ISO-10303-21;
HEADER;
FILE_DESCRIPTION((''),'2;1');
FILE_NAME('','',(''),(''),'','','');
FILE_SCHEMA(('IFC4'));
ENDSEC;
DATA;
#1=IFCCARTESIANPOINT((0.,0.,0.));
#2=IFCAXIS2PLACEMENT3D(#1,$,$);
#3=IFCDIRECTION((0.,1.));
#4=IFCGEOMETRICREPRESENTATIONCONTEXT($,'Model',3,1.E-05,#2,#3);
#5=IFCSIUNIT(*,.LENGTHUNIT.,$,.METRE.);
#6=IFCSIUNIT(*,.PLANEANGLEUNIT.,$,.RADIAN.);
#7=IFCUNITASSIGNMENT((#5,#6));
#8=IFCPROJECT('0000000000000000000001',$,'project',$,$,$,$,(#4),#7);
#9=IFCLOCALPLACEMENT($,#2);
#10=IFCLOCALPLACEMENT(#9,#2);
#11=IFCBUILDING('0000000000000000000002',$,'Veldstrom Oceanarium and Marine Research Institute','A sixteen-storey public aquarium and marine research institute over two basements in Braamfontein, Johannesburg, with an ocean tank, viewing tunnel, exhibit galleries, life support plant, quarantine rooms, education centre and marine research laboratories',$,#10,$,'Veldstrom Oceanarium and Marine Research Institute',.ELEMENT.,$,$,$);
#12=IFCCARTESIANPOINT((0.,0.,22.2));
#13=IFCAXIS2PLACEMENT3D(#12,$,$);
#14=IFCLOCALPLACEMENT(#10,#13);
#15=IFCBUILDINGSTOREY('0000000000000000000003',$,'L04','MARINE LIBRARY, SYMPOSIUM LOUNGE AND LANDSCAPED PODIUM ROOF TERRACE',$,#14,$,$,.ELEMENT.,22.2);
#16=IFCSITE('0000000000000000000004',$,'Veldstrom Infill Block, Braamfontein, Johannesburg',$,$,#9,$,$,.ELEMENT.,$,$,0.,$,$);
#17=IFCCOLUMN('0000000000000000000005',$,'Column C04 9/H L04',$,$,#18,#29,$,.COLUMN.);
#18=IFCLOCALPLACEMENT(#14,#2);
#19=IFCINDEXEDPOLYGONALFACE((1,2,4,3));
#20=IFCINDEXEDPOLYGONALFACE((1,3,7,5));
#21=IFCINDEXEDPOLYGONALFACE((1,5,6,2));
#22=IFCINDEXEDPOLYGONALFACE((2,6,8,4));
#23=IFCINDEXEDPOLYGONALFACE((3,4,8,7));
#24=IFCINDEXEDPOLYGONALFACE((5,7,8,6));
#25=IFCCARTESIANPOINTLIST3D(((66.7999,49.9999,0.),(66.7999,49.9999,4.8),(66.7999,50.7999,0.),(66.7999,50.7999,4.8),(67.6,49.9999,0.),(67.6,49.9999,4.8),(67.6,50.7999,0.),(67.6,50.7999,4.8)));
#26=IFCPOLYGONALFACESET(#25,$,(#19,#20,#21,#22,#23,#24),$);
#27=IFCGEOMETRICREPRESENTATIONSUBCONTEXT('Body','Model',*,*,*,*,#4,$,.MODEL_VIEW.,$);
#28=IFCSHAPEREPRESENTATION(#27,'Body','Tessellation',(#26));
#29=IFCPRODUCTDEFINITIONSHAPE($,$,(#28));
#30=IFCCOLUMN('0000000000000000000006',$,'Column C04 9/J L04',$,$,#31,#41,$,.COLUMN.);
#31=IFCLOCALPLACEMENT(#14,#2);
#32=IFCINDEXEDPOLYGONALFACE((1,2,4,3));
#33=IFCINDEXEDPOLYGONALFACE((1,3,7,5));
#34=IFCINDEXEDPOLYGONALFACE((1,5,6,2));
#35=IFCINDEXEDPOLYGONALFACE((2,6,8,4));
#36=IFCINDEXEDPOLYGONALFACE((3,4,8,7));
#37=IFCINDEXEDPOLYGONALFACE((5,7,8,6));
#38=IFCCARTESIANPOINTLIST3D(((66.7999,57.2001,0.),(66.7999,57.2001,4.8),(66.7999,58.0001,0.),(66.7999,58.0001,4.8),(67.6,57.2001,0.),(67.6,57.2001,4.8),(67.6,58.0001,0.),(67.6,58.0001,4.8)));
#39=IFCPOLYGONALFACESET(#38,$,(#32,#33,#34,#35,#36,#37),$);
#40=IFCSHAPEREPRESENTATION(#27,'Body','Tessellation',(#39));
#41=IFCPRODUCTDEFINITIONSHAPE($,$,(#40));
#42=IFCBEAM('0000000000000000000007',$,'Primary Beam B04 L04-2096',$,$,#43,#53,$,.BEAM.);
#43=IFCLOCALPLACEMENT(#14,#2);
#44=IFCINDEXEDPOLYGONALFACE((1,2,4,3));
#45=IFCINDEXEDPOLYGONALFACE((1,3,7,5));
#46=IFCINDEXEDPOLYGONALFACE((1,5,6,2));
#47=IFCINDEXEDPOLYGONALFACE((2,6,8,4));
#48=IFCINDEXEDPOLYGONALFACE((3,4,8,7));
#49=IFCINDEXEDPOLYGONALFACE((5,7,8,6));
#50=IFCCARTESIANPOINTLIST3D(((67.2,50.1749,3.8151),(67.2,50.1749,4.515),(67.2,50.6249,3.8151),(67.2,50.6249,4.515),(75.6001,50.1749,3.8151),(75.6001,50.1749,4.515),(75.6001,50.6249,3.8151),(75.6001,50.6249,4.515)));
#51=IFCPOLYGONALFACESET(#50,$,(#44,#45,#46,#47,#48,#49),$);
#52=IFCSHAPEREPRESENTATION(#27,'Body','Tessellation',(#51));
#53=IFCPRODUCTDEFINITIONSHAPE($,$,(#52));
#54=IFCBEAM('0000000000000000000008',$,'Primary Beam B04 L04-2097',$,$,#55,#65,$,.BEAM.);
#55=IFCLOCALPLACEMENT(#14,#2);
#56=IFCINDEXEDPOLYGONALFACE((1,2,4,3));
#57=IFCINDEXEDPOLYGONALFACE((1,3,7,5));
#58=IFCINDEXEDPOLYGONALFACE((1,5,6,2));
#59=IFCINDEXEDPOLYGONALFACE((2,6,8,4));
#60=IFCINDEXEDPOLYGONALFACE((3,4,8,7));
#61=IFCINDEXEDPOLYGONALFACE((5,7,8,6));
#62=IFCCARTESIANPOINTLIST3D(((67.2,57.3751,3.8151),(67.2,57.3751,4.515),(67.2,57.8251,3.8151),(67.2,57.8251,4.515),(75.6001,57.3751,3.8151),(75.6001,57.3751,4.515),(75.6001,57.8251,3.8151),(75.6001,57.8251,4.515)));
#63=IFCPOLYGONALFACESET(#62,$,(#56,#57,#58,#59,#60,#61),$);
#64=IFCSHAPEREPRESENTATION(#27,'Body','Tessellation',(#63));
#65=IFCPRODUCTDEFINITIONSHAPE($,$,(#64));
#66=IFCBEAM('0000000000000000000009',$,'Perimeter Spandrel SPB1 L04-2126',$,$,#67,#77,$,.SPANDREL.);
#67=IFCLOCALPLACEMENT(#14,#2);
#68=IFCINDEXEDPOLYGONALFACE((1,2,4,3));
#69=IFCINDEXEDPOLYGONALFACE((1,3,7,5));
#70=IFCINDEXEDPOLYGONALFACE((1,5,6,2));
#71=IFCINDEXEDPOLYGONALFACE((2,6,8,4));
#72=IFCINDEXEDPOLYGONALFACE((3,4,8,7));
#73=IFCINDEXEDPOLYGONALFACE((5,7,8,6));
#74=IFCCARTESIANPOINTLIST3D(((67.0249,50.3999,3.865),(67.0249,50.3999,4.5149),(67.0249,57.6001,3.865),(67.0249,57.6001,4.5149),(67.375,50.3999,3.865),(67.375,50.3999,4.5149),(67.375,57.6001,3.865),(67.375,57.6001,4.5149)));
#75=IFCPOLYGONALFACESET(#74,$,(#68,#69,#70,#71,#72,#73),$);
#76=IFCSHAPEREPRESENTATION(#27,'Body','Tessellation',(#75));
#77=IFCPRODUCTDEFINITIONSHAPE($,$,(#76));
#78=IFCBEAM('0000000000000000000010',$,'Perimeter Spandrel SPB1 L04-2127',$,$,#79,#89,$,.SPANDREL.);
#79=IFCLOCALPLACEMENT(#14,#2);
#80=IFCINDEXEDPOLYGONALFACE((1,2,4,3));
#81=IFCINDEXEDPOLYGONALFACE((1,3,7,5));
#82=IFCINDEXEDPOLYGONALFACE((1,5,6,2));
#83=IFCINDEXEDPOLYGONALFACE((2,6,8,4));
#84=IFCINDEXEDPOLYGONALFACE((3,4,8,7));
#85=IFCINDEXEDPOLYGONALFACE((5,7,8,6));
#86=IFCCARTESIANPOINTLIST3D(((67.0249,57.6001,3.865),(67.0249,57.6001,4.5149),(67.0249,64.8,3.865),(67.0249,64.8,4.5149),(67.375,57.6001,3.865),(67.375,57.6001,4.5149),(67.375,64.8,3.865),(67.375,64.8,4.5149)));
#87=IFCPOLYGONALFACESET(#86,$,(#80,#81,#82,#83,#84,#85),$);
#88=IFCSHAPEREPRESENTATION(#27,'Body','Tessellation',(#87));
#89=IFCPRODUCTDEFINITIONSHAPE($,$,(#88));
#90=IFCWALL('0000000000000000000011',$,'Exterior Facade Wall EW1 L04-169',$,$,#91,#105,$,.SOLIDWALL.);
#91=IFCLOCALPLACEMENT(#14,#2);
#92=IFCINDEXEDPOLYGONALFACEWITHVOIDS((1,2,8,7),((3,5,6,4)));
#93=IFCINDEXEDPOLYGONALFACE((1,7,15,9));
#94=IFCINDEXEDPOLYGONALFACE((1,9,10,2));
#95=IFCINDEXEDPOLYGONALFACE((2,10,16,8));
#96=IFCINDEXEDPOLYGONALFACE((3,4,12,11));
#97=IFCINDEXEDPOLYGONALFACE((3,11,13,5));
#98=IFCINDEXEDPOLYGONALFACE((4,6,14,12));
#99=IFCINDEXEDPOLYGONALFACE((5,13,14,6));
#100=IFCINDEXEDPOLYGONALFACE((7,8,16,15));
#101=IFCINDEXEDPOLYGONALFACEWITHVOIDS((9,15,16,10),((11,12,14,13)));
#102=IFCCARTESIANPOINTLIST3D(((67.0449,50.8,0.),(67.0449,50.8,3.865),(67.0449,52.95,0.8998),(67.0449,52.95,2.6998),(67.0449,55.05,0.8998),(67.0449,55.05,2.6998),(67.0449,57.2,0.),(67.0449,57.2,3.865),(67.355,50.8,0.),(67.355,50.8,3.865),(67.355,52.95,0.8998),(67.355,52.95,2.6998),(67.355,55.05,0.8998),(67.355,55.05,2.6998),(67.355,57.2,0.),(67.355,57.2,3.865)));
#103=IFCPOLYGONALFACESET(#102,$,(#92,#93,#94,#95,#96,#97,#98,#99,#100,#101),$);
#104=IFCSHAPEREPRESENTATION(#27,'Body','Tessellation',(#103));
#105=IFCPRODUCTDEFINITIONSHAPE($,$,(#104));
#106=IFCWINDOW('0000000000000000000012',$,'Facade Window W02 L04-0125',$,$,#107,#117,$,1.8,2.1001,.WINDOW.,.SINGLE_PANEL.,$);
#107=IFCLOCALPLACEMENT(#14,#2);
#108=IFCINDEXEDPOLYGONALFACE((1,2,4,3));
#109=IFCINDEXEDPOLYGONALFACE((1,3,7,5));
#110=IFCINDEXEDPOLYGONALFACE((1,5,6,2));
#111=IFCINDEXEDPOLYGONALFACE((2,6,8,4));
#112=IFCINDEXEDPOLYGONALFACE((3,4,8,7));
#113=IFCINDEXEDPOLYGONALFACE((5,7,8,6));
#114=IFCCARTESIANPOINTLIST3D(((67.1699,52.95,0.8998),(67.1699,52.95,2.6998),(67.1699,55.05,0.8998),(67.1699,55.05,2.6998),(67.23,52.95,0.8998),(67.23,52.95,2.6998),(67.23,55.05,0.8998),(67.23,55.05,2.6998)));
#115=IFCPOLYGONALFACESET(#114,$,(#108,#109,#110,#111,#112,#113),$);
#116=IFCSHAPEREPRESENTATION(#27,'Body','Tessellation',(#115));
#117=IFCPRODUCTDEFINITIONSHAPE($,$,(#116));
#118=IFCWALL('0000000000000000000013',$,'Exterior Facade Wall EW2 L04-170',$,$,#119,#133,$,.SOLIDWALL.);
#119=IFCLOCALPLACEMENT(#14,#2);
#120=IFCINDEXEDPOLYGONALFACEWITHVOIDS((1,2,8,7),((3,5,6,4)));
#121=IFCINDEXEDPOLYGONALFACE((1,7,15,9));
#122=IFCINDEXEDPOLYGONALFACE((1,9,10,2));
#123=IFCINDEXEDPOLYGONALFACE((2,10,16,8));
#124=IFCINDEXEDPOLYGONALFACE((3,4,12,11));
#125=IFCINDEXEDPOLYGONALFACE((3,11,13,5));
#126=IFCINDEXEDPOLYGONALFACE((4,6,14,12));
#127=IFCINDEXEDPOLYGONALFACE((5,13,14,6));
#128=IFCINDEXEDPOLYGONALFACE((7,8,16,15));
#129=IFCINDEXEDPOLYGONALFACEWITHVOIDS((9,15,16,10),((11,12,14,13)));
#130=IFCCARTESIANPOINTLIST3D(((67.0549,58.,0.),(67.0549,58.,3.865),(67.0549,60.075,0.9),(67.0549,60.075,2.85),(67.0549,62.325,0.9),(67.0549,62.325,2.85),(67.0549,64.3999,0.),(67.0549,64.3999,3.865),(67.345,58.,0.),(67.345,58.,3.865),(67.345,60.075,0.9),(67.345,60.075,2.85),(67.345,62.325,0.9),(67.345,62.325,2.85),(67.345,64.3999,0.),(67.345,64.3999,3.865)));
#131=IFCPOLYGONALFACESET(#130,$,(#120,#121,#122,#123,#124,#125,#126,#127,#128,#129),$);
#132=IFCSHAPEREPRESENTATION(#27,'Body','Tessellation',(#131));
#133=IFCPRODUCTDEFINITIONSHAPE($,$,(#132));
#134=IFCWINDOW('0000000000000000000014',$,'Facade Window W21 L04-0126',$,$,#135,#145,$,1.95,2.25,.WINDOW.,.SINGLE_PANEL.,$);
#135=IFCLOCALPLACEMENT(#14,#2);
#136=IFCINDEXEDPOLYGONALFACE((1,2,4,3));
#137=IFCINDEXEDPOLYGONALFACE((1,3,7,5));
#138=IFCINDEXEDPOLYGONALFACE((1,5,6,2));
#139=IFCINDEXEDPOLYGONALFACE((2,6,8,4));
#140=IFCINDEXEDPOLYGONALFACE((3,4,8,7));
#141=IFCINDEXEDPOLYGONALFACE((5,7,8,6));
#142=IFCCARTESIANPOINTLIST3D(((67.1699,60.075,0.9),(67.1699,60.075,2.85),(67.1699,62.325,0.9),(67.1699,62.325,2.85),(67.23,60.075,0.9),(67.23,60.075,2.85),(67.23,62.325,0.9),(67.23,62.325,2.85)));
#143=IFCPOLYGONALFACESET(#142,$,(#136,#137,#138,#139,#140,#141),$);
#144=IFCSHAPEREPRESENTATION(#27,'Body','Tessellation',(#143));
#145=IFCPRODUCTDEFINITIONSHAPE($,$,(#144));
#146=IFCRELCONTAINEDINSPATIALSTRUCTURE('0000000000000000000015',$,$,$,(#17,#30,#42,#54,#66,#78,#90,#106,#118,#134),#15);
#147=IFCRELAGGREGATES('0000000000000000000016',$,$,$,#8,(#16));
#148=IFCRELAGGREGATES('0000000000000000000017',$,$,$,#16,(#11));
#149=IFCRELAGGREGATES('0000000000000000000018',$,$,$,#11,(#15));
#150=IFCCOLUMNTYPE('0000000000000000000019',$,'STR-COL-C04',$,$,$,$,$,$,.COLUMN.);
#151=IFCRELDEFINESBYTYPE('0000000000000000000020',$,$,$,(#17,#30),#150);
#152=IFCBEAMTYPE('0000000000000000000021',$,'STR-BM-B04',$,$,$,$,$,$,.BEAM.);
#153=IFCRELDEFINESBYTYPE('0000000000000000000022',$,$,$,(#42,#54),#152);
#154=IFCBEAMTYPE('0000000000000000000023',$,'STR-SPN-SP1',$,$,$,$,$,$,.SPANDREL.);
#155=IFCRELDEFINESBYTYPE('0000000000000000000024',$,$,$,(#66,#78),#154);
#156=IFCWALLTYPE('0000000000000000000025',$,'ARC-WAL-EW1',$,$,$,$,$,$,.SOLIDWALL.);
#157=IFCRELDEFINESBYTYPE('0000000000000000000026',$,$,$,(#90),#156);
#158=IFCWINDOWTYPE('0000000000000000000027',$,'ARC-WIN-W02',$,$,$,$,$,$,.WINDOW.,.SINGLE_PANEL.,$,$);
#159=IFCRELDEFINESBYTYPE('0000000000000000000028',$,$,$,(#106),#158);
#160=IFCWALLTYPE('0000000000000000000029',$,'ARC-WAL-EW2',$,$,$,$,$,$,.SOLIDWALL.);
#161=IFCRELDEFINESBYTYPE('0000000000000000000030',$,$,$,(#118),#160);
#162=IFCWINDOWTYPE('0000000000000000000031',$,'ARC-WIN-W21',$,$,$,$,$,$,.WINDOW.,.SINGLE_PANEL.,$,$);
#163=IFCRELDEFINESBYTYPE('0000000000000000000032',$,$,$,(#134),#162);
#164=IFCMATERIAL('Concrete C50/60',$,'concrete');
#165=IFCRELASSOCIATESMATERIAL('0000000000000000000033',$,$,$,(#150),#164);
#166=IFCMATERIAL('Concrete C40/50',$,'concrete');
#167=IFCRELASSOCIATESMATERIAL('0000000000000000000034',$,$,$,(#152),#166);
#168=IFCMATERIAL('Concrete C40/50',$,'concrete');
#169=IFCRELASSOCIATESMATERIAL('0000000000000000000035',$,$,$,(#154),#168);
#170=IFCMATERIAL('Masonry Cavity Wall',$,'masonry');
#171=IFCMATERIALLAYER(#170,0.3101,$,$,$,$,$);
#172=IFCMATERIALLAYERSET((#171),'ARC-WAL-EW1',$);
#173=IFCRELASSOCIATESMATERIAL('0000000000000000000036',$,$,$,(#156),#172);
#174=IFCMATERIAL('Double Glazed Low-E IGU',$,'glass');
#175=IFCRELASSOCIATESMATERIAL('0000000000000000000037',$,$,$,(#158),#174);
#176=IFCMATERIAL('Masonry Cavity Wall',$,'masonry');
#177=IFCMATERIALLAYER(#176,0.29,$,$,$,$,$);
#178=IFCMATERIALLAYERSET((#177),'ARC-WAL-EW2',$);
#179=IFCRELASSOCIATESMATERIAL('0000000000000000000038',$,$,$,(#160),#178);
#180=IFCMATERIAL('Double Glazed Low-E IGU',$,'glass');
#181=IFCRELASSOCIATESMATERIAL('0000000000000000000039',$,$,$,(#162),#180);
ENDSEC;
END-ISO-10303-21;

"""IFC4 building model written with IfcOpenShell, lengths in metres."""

from ifc_helpers import new_model, si_unit, direction, frame, frame_2d, origin, origin_2d, place, context, subcontext, project, spatial, rectangle, extrude, material, layer, layer_set, material_profile, profile_set, type_object, element, fill, save


model = new_model("IFC4")

# Units and contexts
model_context = context("Model", 3, precision=1e-05, world=origin(), true_north=direction((0.0, 1.0)))
body_context = subcontext(model_context, "Body", "Model", "MODEL_VIEW")
ifc_project = project(units=[si_unit("LENGTHUNIT", "METRE"), si_unit("PLANEANGLEUNIT", "RADIAN")], contexts=[model_context])

# Site, building, storey
site_placement = place(None, origin())
site = spatial("IfcSite", under=ifc_project, at=site_placement, Name="Veldstrom Infill Block, Braamfontein, Johannesburg", CompositionType="ELEMENT", RefElevation=0.0)
building_placement = place(site_placement, origin())
building = spatial("IfcBuilding", under=site, at=building_placement, Name="Veldstrom Oceanarium and Marine Research Institute", Description="A sixteen-storey public aquarium and marine research institute over two basements in Braamfontein, Johannesburg, with an ocean tank, viewing tunnel, exhibit galleries, life support plant, quarantine rooms, education centre and marine research laboratories", LongName="Veldstrom Oceanarium and Marine Research Institute", CompositionType="ELEMENT")
storey_placement = place(building_placement, frame((0.0, 0.0, 22.2)))
storey = spatial("IfcBuildingStorey", under=building, at=storey_placement, Name="L04", Description="MARINE LIBRARY, SYMPOSIUM LOUNGE AND LANDSCAPED PODIUM ROOF TERRACE", CompositionType="ELEMENT", Elevation=22.2)

# Columns
ifc_material_1 = material(Name="Concrete C50/60", Category="concrete")
ifc_material_profile_1 = material_profile(ifc_material_1, rectangle(XDim=0.8, YDim=0.8, at=origin_2d()), Name="RC-COL-800x800")
ifc_profile_set_1 = profile_set([ifc_material_profile_1], Name="Concrete C50/60")
column_type = type_object("IfcColumnType", Name="STR-COL-C04", PredefinedType="COLUMN", material=ifc_profile_set_1)
for number, where, z_axis, x_axis, name in (
    (1, (67.2, 50.3999, 0.0), (0.0, 0.0, 1.0), (1.0, 0.0, 0.0), "Column C04 9/H L04"),
    (2, (67.2, 57.6001, 0.0), (0.0, 0.0, 1.0), (1.0, 0.0, 0.0), "Column C04 9/J L04"),
):
    element("IfcColumn", number, at=place(storey_placement, frame(where, z_axis=z_axis, x_axis=x_axis)), inside=storey, type_object=column_type, Name=name, PredefinedType="COLUMN", context=body_context, shape_type="SweptSolid", body=[
        extrude(rectangle(XDim=0.8, YDim=0.8, at=origin_2d()), origin(), (0.0, 0.0, 1.0), 4.8),
    ])

# Beams
ifc_material_2 = material(Name="Concrete C40/50", Category="concrete")
ifc_material_profile_2 = material_profile(ifc_material_2, rectangle(XDim=0.45, YDim=0.7, at=origin_2d()), Name="RC-BM-450x700")
ifc_profile_set_2 = profile_set([ifc_material_profile_2], Name="Concrete C40/50")
beam_type_1 = type_object("IfcBeamType", Name="STR-BM-B04", PredefinedType="BEAM", material=ifc_profile_set_2)
for number, where, z_axis, x_axis, name in (
    (3, (67.2, 50.3999, 4.165), (1.0, 0.0, 0.0), (0.0, 1.0, 0.0), "Primary Beam B04 L04-2096"),
    (4, (67.2, 57.6001, 4.165), (1.0, 0.0, 0.0), (0.0, 1.0, 0.0), "Primary Beam B04 L04-2097"),
):
    element("IfcBeam", number, at=place(storey_placement, frame(where, z_axis=z_axis, x_axis=x_axis)), inside=storey, type_object=beam_type_1, Name=name, PredefinedType="BEAM", context=body_context, shape_type="SweptSolid", body=[
        extrude(rectangle(XDim=0.45, YDim=0.7, at=origin_2d()), origin(), (0.0, 0.0, 1.0), 8.4001),
    ])
ifc_material_3 = material(Name="Concrete C40/50", Category="concrete")
ifc_material_profile_3 = material_profile(ifc_material_3, rectangle(XDim=0.3501, YDim=0.6499, at=origin_2d()), Name="RC-SPN-350x650")
ifc_profile_set_3 = profile_set([ifc_material_profile_3], Name="Concrete C40/50")
beam_type_2 = type_object("IfcBeamType", Name="STR-SPN-SP1", PredefinedType="SPANDREL", material=ifc_profile_set_3)
beam_1_placement = place(storey_placement, frame((67.2, 50.3999, 4.1899), z_axis=(0.0, 1.0, 0.0), x_axis=(-1.0, 0.0, 0.0)))
element("IfcBeam", 5, at=beam_1_placement, inside=storey, type_object=beam_type_2, Name="Perimeter Spandrel SPB1 L04-2126", PredefinedType="SPANDREL", context=body_context, shape_type="SweptSolid", body=[
    extrude(rectangle(XDim=0.3501, YDim=0.6499, at=origin_2d()), origin(), (0.0, 0.0, 1.0), 7.2002),
])
beam_2_placement = place(storey_placement, frame((67.2, 57.6001, 4.1899), z_axis=(0.0, 1.0, 0.0), x_axis=(-1.0, 0.0, 0.0)))
element("IfcBeam", 6, at=beam_2_placement, inside=storey, type_object=beam_type_2, Name="Perimeter Spandrel SPB1 L04-2127", PredefinedType="SPANDREL", context=body_context, shape_type="SweptSolid", body=[
    extrude(rectangle(XDim=0.3501, YDim=0.6499, at=origin_2d()), origin(), (0.0, 0.0, 1.0), 7.2),
])

# Walls, openings, windows
ifc_material_4 = material(Name="Masonry Cavity Wall", Category="masonry")
ifc_layer_1 = layer(ifc_material_4, 0.3101)
ifc_layer_set_1 = layer_set([ifc_layer_1], Name="ARC-WAL-EW1")
wall_type_1 = type_object("IfcWallType", Name="ARC-WAL-EW1", PredefinedType="SOLIDWALL", material=ifc_layer_set_1)
wall_1_placement = place(storey_placement, frame((67.2, 50.8, 0.0), z_axis=(0.0, 0.0, 1.0), x_axis=(0.0, 1.0, 0.0)))
wall_1 = element("IfcWall", 7, at=wall_1_placement, inside=storey, type_object=wall_type_1, Name="Exterior Facade Wall EW1 L04-169", PredefinedType="SOLIDWALL", context=body_context, shape_type="SweptSolid", body=[
    extrude(rectangle(XDim=6.3999, YDim=0.3101, at=frame_2d((3.2, 0.0))), origin(), (0.0, 0.0, 1.0), 3.865),
])
opening_1_placement = place(wall_1_placement, frame((2.1499, 0.0, 0.8999)))
opening_1 = element("IfcOpeningElement", 8, at=opening_1_placement, cuts=wall_1, PredefinedType="OPENING", context=body_context, shape_type="SweptSolid", body=[
    extrude(rectangle(XDim=2.1001, YDim=1.8, at=frame_2d((1.05, 0.8999))), frame((0.0, 0.165, 0.0), z_axis=(0.0, -1.0, 0.0), x_axis=(1.0, 0.0, 0.0)), (0.0, 0.0, 1.0), 0.3301),
])
ifc_material_5 = material(Name="Double Glazed Low-E IGU", Category="glass")
window_type_1 = type_object("IfcWindowType", Name="ARC-WIN-W02", PartitioningType="SINGLE_PANEL", PredefinedType="WINDOW", material=ifc_material_5)
window_1_placement = place(opening_1_placement, origin())
window_1 = element("IfcWindow", 9, at=window_1_placement, inside=storey, type_object=window_type_1, Name="Facade Window W02 L04-0125", OverallHeight=1.8, OverallWidth=2.1001, PartitioningType="SINGLE_PANEL", PredefinedType="WINDOW", context=body_context, shape_type="SweptSolid", body=[
    extrude(rectangle(XDim=2.1001, YDim=1.8, at=frame_2d((1.05, 0.8999))), frame((0.0, 0.03, 0.0), z_axis=(0.0, -1.0, 0.0), x_axis=(1.0, 0.0, 0.0)), (0.0, 0.0, 1.0), 0.0601),
])
fill(opening_1, window_1)
ifc_material_6 = material(Name="Masonry Cavity Wall", Category="masonry")
ifc_layer_2 = layer(ifc_material_6, 0.29)
ifc_layer_set_2 = layer_set([ifc_layer_2], Name="ARC-WAL-EW2")
wall_type_2 = type_object("IfcWallType", Name="ARC-WAL-EW2", PredefinedType="SOLIDWALL", material=ifc_layer_set_2)
wall_2_placement = place(storey_placement, frame((67.2, 58.0, 0.0), z_axis=(0.0, 0.0, 1.0), x_axis=(0.0, 1.0, 0.0)))
wall_2 = element("IfcWall", 10, at=wall_2_placement, inside=storey, type_object=wall_type_2, Name="Exterior Facade Wall EW2 L04-170", PredefinedType="SOLIDWALL", context=body_context, shape_type="SweptSolid", body=[
    extrude(rectangle(XDim=6.3999, YDim=0.29, at=frame_2d((3.2, 0.0))), origin(), (0.0, 0.0, 1.0), 3.865),
])
opening_2_placement = place(wall_2_placement, frame((2.075, 0.0, 0.8999)))
opening_2 = element("IfcOpeningElement", 11, at=opening_2_placement, cuts=wall_2, PredefinedType="OPENING", context=body_context, shape_type="SweptSolid", body=[
    extrude(rectangle(XDim=2.25, YDim=1.95, at=frame_2d((1.125, 0.9751))), frame((0.0, 0.155, 0.0), z_axis=(0.0, -1.0, 0.0), x_axis=(1.0, 0.0, 0.0)), (0.0, 0.0, 1.0), 0.3101),
])
ifc_material_7 = material(Name="Double Glazed Low-E IGU", Category="glass")
window_type_2 = type_object("IfcWindowType", Name="ARC-WIN-W21", PartitioningType="SINGLE_PANEL", PredefinedType="WINDOW", material=ifc_material_7)
window_2_placement = place(opening_2_placement, origin())
window_2 = element("IfcWindow", 12, at=window_2_placement, inside=storey, type_object=window_type_2, Name="Facade Window W21 L04-0126", OverallHeight=1.95, OverallWidth=2.25, PartitioningType="SINGLE_PANEL", PredefinedType="WINDOW", context=body_context, shape_type="SweptSolid", body=[
    extrude(rectangle(XDim=2.25, YDim=1.95, at=frame_2d((1.125, 0.9751))), frame((0.0, 0.03, 0.0), z_axis=(0.0, -1.0, 0.0), x_axis=(1.0, 0.0, 0.0)), (0.0, 0.0, 1.0), 0.0601),
])
fill(opening_2, window_2)

save(model, "model.ifc")
